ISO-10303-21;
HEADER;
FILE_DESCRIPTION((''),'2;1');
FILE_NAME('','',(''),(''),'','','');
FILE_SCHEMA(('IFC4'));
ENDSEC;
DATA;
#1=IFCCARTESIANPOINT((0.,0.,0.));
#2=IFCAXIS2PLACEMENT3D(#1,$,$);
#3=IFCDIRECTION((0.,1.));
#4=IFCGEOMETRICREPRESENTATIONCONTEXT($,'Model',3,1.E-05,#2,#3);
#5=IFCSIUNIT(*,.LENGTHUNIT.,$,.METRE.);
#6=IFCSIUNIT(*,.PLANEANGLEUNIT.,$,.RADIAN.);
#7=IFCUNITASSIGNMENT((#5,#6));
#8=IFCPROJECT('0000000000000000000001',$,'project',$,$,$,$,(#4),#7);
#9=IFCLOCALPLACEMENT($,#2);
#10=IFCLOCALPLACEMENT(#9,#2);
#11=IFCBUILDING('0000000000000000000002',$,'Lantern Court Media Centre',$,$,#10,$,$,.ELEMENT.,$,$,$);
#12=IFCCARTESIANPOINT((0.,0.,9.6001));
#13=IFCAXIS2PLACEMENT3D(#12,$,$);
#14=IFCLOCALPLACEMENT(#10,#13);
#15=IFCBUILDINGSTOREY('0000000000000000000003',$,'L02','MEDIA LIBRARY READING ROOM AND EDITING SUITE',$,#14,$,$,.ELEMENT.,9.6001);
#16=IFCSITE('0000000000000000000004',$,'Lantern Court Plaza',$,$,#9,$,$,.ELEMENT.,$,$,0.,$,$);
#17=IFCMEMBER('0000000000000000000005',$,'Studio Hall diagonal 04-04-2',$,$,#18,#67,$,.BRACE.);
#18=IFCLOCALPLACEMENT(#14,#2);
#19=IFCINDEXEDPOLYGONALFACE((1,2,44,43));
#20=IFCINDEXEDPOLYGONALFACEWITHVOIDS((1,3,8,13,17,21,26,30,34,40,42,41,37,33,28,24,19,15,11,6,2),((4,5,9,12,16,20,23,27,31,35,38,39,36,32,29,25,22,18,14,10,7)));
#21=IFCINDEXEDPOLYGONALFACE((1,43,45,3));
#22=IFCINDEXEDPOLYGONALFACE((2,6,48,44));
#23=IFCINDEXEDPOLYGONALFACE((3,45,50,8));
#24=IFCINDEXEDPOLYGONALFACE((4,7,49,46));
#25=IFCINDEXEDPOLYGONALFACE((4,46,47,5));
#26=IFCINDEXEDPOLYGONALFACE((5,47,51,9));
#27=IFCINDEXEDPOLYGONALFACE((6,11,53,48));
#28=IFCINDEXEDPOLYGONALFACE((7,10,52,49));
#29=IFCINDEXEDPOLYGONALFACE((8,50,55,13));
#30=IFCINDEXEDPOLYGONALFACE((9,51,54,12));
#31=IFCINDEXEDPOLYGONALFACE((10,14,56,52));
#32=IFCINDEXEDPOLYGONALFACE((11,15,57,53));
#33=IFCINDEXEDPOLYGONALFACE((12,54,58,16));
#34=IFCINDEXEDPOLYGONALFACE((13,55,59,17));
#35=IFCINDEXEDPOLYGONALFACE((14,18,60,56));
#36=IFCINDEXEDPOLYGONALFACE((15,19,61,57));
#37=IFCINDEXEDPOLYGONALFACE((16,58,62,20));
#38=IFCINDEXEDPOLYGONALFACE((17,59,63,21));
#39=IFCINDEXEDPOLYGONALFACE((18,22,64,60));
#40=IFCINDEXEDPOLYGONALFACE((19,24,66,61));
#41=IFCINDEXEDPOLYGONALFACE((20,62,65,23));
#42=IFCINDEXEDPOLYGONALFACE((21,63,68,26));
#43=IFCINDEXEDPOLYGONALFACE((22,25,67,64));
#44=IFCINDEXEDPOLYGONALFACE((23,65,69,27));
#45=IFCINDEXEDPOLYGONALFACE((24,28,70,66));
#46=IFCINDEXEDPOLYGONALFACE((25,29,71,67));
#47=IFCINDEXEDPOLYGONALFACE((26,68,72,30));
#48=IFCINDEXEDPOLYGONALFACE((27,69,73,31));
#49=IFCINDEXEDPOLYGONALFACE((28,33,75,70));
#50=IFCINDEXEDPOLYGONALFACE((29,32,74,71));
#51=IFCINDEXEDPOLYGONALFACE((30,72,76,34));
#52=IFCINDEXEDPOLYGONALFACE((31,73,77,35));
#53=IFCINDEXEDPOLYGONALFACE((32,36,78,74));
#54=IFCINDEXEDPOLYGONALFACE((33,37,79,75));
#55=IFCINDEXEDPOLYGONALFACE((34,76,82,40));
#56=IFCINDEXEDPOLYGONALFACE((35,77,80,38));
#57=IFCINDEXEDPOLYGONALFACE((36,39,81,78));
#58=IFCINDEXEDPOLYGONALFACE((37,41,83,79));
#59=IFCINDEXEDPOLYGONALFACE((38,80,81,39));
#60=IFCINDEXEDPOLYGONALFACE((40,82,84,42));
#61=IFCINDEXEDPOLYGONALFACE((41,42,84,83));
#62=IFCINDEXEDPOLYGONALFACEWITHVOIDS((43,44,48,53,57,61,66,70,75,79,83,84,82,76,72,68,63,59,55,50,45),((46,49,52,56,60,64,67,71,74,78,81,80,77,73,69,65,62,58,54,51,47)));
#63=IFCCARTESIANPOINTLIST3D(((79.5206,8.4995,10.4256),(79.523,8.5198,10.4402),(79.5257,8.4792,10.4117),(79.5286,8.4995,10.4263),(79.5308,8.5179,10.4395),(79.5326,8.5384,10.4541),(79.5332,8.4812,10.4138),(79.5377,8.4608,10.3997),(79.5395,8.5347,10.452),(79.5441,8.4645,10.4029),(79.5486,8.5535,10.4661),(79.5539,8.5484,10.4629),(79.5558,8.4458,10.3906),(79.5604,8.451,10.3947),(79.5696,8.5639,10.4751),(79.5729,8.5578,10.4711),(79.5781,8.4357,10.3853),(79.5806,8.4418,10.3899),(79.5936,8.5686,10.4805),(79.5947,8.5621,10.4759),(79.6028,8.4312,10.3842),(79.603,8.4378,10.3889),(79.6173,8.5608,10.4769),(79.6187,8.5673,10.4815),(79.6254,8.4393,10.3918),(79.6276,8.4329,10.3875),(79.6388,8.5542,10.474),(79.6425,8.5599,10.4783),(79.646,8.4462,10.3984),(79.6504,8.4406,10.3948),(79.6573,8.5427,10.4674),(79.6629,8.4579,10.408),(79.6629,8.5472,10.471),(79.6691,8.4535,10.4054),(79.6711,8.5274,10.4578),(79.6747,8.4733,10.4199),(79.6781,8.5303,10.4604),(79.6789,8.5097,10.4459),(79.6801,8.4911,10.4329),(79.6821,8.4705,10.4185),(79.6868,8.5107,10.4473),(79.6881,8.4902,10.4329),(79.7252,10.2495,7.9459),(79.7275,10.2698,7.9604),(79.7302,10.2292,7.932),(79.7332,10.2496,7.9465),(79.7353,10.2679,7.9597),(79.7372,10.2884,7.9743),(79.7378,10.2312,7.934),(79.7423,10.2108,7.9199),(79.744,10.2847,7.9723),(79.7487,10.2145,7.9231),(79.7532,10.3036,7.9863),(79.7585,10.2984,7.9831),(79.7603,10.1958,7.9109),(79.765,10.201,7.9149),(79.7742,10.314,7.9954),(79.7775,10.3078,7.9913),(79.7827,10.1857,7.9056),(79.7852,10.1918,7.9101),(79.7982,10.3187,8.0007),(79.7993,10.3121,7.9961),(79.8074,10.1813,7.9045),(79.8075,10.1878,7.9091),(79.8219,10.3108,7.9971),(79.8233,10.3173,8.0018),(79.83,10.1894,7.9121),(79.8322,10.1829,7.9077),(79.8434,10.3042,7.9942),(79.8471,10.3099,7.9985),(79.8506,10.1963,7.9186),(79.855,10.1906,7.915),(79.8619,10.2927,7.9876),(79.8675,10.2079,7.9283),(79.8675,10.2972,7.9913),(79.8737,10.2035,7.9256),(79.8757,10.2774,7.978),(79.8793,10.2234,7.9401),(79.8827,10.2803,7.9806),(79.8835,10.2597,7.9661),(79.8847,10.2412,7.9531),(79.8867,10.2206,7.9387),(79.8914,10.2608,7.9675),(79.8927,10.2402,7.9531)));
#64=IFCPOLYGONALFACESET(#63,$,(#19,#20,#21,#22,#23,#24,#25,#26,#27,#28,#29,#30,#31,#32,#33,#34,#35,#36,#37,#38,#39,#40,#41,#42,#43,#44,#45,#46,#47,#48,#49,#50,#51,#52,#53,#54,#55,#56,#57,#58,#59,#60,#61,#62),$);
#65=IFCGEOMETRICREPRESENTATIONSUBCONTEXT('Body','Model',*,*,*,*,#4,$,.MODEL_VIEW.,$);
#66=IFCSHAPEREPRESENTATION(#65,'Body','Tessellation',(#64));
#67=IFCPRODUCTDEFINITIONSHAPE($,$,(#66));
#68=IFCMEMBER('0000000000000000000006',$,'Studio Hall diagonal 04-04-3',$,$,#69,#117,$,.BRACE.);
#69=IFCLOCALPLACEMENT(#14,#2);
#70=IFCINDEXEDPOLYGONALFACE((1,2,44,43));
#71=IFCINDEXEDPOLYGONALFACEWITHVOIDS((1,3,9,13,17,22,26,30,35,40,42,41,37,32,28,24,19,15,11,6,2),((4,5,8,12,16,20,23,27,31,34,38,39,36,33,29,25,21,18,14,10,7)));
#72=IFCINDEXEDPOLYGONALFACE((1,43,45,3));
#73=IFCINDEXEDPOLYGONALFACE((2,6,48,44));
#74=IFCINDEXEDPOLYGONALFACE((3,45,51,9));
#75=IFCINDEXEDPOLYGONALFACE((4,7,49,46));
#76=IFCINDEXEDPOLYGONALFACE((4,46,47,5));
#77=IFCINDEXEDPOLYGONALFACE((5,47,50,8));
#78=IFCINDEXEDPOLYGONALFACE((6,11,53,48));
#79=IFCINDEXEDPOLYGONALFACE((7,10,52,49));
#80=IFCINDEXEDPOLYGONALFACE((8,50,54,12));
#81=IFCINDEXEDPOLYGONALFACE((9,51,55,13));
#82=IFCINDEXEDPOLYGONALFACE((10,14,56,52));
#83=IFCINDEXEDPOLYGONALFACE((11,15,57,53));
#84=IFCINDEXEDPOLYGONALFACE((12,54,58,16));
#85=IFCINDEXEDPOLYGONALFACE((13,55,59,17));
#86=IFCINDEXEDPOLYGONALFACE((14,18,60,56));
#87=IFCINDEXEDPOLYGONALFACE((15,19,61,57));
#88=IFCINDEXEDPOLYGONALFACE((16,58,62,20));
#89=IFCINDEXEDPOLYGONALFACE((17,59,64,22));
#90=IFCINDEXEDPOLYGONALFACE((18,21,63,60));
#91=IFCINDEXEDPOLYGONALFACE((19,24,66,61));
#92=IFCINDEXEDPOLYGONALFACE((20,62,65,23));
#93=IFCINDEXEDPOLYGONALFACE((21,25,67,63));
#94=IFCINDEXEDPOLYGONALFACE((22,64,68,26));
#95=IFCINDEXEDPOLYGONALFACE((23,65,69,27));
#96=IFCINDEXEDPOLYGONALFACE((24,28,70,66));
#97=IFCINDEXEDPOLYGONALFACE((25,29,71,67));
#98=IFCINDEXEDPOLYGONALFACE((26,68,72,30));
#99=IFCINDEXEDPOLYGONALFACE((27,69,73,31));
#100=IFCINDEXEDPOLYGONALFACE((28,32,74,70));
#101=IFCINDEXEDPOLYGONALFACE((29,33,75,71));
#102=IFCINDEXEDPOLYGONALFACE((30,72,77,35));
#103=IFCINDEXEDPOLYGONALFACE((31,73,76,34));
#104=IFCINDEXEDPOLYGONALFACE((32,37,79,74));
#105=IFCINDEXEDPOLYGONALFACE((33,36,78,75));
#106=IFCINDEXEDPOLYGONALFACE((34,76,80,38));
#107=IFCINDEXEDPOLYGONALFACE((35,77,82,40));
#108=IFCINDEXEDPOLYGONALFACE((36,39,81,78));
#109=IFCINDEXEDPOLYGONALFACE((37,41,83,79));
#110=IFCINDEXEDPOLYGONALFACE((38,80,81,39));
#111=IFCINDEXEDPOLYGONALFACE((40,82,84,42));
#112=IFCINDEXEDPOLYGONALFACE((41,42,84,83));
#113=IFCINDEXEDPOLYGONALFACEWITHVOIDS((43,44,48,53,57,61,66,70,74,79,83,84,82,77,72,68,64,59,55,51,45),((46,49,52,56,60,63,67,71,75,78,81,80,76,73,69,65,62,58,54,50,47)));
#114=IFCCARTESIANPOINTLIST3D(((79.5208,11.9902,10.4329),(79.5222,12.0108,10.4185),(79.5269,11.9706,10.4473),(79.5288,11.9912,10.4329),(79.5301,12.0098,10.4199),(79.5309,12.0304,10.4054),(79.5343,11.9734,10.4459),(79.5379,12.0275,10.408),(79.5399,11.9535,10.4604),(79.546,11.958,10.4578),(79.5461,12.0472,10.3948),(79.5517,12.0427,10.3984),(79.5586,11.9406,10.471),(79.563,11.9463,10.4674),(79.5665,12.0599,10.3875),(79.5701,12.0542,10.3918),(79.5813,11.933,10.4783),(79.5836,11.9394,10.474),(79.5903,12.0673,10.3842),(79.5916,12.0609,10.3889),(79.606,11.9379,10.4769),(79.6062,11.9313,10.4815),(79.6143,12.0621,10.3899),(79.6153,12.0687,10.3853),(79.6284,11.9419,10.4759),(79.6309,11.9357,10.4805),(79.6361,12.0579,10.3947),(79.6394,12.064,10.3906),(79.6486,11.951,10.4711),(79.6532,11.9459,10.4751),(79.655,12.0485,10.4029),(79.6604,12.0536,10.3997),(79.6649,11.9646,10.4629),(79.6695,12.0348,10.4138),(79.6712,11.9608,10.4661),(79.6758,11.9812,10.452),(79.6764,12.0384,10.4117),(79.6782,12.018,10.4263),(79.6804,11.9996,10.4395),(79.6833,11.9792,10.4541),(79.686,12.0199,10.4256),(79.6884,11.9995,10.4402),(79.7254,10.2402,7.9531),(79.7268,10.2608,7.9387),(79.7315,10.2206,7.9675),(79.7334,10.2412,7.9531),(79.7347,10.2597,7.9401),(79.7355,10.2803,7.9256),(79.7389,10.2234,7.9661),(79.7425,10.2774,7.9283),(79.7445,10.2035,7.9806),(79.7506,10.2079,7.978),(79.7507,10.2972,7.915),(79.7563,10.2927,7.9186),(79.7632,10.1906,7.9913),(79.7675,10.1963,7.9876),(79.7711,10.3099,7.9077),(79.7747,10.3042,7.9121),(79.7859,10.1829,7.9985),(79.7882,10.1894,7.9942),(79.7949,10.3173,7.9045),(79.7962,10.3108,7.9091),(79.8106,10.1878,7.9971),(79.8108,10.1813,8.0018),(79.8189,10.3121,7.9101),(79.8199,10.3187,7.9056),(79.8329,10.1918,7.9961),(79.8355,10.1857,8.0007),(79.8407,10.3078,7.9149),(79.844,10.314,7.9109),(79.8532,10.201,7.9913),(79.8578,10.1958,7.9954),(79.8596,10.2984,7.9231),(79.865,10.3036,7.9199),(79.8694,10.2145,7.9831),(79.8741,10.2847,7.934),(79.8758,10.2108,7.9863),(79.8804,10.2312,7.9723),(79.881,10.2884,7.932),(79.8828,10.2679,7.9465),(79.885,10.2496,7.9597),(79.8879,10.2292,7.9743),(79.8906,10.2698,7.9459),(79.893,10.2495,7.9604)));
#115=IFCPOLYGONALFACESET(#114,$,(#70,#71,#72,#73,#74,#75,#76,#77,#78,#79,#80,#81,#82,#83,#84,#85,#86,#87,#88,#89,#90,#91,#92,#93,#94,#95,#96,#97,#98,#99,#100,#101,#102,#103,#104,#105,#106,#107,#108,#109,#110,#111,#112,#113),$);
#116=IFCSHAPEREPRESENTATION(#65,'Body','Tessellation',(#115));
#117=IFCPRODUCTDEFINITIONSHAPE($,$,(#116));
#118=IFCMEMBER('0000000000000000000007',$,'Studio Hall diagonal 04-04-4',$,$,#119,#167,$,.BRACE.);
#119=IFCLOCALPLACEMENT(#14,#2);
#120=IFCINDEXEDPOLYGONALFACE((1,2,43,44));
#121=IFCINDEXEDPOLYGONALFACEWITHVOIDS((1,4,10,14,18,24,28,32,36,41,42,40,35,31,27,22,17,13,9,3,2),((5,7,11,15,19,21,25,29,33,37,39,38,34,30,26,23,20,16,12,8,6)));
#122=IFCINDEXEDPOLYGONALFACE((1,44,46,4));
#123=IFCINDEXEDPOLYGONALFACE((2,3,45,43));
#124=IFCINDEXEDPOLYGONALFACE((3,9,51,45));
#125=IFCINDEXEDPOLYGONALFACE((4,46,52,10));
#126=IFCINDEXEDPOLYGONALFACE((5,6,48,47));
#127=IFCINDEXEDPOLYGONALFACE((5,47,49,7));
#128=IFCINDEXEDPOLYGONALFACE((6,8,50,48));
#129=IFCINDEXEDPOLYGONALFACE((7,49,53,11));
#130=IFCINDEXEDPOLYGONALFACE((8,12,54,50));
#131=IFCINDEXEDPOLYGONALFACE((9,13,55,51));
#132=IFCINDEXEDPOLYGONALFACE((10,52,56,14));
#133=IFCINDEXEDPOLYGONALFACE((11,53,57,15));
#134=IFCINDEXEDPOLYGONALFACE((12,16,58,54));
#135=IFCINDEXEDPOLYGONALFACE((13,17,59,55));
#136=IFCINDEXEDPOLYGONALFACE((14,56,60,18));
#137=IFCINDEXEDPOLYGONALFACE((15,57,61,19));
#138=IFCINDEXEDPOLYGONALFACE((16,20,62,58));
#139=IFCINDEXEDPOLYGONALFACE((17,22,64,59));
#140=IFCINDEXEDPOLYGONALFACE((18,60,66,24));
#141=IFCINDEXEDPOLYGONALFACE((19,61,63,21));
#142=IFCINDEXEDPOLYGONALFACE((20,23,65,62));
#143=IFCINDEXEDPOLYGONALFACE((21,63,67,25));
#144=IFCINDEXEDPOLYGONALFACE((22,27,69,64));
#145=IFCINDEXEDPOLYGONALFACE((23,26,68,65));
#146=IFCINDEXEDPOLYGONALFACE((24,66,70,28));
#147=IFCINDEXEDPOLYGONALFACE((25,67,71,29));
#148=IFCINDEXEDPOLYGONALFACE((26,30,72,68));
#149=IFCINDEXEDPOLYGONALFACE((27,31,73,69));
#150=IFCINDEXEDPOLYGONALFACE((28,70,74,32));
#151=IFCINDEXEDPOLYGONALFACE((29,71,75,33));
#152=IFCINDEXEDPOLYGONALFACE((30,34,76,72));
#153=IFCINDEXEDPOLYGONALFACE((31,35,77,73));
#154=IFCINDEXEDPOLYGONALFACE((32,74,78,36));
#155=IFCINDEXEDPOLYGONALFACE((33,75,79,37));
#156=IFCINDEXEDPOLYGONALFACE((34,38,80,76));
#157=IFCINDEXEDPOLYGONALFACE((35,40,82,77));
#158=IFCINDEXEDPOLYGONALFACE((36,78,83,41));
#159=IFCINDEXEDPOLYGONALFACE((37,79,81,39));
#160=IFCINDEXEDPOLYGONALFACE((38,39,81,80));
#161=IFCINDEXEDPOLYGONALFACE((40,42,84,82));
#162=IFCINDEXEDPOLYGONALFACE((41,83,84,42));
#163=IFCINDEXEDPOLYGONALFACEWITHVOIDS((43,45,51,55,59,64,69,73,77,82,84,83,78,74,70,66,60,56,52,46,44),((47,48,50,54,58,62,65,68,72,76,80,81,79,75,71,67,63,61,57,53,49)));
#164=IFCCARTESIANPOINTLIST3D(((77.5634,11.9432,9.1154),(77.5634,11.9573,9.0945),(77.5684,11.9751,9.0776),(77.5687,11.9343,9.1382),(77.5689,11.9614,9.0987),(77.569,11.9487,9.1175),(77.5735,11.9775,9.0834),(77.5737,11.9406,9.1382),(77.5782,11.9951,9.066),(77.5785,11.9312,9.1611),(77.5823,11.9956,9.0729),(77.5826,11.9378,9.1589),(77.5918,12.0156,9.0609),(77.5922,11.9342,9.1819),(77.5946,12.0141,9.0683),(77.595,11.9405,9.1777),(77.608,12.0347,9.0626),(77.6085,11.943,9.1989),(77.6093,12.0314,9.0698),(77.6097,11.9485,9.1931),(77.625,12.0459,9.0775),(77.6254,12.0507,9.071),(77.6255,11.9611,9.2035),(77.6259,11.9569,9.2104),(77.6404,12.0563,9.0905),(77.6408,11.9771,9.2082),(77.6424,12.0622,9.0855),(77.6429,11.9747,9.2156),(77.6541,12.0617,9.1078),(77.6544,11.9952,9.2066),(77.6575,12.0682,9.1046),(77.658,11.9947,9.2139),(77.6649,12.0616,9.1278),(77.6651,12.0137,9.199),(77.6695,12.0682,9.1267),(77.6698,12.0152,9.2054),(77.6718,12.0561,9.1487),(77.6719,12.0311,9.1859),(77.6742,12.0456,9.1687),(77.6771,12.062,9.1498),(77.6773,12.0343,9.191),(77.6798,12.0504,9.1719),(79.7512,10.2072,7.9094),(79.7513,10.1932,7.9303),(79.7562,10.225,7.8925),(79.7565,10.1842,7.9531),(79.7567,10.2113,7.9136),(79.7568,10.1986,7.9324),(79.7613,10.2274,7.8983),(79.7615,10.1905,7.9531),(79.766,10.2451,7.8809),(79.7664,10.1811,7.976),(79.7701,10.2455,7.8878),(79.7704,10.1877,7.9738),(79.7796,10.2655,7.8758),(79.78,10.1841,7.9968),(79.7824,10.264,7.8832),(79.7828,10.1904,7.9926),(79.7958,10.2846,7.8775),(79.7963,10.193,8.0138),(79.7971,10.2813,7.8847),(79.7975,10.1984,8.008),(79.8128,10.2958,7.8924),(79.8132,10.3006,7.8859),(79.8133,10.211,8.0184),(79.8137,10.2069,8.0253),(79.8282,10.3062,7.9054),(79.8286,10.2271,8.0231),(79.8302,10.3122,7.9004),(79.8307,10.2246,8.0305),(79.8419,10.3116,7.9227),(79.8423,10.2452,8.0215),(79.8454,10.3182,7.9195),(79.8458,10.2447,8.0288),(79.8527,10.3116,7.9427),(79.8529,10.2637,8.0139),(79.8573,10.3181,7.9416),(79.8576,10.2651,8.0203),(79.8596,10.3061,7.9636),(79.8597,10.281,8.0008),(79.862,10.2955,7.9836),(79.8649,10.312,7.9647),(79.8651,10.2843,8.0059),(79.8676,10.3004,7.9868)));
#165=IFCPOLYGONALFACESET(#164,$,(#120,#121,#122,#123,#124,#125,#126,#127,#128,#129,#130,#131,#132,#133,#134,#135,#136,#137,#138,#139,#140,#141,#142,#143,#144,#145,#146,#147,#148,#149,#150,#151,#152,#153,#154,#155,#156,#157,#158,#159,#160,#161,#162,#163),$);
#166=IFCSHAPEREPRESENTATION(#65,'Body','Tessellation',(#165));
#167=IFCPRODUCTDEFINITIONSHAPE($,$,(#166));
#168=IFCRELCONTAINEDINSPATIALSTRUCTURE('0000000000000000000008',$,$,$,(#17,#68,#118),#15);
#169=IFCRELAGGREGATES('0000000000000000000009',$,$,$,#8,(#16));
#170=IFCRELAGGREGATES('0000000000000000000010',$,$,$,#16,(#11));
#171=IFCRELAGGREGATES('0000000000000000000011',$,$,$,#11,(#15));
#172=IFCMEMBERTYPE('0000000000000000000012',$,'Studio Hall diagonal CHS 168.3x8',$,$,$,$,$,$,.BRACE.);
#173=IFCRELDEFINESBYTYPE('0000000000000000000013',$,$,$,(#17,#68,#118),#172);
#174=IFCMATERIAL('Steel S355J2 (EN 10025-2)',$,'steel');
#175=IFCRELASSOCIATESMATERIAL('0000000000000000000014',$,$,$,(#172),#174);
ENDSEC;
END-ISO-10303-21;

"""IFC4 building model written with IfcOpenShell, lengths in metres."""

from ifc_helpers import new_model, si_unit, direction, frame, origin, origin_2d, place, context, subcontext, project, spatial, hollow_circle, extrude, material, material_profile, profile_set, type_object, element, save


model = new_model("IFC4")

# Units and contexts
model_context = context("Model", 3, precision=1e-05, world=origin(), true_north=direction((0.0, 1.0)))
body_context = subcontext(model_context, "Body", "Model", "MODEL_VIEW")
ifc_project = project(units=[si_unit("LENGTHUNIT", "METRE"), si_unit("PLANEANGLEUNIT", "RADIAN")], contexts=[model_context])

# Site, building, storey
site_placement = place(None, origin())
site = spatial("IfcSite", under=ifc_project, at=site_placement, Name="Lantern Court Plaza", CompositionType="ELEMENT", RefElevation=0.0)
building_placement = place(site_placement, origin())
building = spatial("IfcBuilding", under=site, at=building_placement, Name="Lantern Court Media Centre", CompositionType="ELEMENT")
storey_placement = place(building_placement, frame((0.0, 0.0, 9.6001)))
storey = spatial("IfcBuildingStorey", under=building, at=storey_placement, Name="L02", Description="MEDIA LIBRARY READING ROOM AND EDITING SUITE", CompositionType="ELEMENT", Elevation=9.6001)

# Members
ifc_material = material(Name="Steel S355J2 (EN 10025-2)", Category="steel")
ifc_material_profile_1 = material_profile(ifc_material, hollow_circle(Radius=0.0842, WallThickness=0.0081, at=origin_2d()), Name="Studio Hall diagonal CHS 168.3x8")
ifc_profile_set_1 = profile_set([ifc_material_profile_1], Name="Steel S355J2 (EN 10025-2)")
member_type_1 = type_object("IfcMemberType", Name="Studio Hall diagonal CHS 168.3x8", PredefinedType="BRACE", material=ifc_profile_set_1)
for number, where, z_axis, x_axis, name in (
    (1, (79.8091, 10.25, 7.9531), (-0.067256, -0.575289, 0.81518), (0.993235, -0.116118, 0.0), "Studio Hall diagonal 04-04-2"),
    (2, (79.8091, 10.25, 7.9531), (-0.067256, 0.575289, 0.81518), (-0.993235, -0.116118, 0.0), "Studio Hall diagonal 04-04-3"),
    (3, (79.8091, 10.25, 7.9531), (-0.719206, 0.5753, 0.38958), (-0.624653, -0.780903, 0.0), "Studio Hall diagonal 04-04-4"),
):
    element("IfcMember", number, at=place(storey_placement, frame(where, z_axis=z_axis, x_axis=x_axis)), inside=storey, type_object=member_type_1, Name=name, PredefinedType="BRACE", context=body_context, shape_type="SweptSolid", body=[
        extrude(hollow_circle(Radius=0.0842, WallThickness=0.0081, at=origin_2d()), origin(), (0.0, 0.0, 1.0), 3.042),
    ])

save(model, "model.ifc")
